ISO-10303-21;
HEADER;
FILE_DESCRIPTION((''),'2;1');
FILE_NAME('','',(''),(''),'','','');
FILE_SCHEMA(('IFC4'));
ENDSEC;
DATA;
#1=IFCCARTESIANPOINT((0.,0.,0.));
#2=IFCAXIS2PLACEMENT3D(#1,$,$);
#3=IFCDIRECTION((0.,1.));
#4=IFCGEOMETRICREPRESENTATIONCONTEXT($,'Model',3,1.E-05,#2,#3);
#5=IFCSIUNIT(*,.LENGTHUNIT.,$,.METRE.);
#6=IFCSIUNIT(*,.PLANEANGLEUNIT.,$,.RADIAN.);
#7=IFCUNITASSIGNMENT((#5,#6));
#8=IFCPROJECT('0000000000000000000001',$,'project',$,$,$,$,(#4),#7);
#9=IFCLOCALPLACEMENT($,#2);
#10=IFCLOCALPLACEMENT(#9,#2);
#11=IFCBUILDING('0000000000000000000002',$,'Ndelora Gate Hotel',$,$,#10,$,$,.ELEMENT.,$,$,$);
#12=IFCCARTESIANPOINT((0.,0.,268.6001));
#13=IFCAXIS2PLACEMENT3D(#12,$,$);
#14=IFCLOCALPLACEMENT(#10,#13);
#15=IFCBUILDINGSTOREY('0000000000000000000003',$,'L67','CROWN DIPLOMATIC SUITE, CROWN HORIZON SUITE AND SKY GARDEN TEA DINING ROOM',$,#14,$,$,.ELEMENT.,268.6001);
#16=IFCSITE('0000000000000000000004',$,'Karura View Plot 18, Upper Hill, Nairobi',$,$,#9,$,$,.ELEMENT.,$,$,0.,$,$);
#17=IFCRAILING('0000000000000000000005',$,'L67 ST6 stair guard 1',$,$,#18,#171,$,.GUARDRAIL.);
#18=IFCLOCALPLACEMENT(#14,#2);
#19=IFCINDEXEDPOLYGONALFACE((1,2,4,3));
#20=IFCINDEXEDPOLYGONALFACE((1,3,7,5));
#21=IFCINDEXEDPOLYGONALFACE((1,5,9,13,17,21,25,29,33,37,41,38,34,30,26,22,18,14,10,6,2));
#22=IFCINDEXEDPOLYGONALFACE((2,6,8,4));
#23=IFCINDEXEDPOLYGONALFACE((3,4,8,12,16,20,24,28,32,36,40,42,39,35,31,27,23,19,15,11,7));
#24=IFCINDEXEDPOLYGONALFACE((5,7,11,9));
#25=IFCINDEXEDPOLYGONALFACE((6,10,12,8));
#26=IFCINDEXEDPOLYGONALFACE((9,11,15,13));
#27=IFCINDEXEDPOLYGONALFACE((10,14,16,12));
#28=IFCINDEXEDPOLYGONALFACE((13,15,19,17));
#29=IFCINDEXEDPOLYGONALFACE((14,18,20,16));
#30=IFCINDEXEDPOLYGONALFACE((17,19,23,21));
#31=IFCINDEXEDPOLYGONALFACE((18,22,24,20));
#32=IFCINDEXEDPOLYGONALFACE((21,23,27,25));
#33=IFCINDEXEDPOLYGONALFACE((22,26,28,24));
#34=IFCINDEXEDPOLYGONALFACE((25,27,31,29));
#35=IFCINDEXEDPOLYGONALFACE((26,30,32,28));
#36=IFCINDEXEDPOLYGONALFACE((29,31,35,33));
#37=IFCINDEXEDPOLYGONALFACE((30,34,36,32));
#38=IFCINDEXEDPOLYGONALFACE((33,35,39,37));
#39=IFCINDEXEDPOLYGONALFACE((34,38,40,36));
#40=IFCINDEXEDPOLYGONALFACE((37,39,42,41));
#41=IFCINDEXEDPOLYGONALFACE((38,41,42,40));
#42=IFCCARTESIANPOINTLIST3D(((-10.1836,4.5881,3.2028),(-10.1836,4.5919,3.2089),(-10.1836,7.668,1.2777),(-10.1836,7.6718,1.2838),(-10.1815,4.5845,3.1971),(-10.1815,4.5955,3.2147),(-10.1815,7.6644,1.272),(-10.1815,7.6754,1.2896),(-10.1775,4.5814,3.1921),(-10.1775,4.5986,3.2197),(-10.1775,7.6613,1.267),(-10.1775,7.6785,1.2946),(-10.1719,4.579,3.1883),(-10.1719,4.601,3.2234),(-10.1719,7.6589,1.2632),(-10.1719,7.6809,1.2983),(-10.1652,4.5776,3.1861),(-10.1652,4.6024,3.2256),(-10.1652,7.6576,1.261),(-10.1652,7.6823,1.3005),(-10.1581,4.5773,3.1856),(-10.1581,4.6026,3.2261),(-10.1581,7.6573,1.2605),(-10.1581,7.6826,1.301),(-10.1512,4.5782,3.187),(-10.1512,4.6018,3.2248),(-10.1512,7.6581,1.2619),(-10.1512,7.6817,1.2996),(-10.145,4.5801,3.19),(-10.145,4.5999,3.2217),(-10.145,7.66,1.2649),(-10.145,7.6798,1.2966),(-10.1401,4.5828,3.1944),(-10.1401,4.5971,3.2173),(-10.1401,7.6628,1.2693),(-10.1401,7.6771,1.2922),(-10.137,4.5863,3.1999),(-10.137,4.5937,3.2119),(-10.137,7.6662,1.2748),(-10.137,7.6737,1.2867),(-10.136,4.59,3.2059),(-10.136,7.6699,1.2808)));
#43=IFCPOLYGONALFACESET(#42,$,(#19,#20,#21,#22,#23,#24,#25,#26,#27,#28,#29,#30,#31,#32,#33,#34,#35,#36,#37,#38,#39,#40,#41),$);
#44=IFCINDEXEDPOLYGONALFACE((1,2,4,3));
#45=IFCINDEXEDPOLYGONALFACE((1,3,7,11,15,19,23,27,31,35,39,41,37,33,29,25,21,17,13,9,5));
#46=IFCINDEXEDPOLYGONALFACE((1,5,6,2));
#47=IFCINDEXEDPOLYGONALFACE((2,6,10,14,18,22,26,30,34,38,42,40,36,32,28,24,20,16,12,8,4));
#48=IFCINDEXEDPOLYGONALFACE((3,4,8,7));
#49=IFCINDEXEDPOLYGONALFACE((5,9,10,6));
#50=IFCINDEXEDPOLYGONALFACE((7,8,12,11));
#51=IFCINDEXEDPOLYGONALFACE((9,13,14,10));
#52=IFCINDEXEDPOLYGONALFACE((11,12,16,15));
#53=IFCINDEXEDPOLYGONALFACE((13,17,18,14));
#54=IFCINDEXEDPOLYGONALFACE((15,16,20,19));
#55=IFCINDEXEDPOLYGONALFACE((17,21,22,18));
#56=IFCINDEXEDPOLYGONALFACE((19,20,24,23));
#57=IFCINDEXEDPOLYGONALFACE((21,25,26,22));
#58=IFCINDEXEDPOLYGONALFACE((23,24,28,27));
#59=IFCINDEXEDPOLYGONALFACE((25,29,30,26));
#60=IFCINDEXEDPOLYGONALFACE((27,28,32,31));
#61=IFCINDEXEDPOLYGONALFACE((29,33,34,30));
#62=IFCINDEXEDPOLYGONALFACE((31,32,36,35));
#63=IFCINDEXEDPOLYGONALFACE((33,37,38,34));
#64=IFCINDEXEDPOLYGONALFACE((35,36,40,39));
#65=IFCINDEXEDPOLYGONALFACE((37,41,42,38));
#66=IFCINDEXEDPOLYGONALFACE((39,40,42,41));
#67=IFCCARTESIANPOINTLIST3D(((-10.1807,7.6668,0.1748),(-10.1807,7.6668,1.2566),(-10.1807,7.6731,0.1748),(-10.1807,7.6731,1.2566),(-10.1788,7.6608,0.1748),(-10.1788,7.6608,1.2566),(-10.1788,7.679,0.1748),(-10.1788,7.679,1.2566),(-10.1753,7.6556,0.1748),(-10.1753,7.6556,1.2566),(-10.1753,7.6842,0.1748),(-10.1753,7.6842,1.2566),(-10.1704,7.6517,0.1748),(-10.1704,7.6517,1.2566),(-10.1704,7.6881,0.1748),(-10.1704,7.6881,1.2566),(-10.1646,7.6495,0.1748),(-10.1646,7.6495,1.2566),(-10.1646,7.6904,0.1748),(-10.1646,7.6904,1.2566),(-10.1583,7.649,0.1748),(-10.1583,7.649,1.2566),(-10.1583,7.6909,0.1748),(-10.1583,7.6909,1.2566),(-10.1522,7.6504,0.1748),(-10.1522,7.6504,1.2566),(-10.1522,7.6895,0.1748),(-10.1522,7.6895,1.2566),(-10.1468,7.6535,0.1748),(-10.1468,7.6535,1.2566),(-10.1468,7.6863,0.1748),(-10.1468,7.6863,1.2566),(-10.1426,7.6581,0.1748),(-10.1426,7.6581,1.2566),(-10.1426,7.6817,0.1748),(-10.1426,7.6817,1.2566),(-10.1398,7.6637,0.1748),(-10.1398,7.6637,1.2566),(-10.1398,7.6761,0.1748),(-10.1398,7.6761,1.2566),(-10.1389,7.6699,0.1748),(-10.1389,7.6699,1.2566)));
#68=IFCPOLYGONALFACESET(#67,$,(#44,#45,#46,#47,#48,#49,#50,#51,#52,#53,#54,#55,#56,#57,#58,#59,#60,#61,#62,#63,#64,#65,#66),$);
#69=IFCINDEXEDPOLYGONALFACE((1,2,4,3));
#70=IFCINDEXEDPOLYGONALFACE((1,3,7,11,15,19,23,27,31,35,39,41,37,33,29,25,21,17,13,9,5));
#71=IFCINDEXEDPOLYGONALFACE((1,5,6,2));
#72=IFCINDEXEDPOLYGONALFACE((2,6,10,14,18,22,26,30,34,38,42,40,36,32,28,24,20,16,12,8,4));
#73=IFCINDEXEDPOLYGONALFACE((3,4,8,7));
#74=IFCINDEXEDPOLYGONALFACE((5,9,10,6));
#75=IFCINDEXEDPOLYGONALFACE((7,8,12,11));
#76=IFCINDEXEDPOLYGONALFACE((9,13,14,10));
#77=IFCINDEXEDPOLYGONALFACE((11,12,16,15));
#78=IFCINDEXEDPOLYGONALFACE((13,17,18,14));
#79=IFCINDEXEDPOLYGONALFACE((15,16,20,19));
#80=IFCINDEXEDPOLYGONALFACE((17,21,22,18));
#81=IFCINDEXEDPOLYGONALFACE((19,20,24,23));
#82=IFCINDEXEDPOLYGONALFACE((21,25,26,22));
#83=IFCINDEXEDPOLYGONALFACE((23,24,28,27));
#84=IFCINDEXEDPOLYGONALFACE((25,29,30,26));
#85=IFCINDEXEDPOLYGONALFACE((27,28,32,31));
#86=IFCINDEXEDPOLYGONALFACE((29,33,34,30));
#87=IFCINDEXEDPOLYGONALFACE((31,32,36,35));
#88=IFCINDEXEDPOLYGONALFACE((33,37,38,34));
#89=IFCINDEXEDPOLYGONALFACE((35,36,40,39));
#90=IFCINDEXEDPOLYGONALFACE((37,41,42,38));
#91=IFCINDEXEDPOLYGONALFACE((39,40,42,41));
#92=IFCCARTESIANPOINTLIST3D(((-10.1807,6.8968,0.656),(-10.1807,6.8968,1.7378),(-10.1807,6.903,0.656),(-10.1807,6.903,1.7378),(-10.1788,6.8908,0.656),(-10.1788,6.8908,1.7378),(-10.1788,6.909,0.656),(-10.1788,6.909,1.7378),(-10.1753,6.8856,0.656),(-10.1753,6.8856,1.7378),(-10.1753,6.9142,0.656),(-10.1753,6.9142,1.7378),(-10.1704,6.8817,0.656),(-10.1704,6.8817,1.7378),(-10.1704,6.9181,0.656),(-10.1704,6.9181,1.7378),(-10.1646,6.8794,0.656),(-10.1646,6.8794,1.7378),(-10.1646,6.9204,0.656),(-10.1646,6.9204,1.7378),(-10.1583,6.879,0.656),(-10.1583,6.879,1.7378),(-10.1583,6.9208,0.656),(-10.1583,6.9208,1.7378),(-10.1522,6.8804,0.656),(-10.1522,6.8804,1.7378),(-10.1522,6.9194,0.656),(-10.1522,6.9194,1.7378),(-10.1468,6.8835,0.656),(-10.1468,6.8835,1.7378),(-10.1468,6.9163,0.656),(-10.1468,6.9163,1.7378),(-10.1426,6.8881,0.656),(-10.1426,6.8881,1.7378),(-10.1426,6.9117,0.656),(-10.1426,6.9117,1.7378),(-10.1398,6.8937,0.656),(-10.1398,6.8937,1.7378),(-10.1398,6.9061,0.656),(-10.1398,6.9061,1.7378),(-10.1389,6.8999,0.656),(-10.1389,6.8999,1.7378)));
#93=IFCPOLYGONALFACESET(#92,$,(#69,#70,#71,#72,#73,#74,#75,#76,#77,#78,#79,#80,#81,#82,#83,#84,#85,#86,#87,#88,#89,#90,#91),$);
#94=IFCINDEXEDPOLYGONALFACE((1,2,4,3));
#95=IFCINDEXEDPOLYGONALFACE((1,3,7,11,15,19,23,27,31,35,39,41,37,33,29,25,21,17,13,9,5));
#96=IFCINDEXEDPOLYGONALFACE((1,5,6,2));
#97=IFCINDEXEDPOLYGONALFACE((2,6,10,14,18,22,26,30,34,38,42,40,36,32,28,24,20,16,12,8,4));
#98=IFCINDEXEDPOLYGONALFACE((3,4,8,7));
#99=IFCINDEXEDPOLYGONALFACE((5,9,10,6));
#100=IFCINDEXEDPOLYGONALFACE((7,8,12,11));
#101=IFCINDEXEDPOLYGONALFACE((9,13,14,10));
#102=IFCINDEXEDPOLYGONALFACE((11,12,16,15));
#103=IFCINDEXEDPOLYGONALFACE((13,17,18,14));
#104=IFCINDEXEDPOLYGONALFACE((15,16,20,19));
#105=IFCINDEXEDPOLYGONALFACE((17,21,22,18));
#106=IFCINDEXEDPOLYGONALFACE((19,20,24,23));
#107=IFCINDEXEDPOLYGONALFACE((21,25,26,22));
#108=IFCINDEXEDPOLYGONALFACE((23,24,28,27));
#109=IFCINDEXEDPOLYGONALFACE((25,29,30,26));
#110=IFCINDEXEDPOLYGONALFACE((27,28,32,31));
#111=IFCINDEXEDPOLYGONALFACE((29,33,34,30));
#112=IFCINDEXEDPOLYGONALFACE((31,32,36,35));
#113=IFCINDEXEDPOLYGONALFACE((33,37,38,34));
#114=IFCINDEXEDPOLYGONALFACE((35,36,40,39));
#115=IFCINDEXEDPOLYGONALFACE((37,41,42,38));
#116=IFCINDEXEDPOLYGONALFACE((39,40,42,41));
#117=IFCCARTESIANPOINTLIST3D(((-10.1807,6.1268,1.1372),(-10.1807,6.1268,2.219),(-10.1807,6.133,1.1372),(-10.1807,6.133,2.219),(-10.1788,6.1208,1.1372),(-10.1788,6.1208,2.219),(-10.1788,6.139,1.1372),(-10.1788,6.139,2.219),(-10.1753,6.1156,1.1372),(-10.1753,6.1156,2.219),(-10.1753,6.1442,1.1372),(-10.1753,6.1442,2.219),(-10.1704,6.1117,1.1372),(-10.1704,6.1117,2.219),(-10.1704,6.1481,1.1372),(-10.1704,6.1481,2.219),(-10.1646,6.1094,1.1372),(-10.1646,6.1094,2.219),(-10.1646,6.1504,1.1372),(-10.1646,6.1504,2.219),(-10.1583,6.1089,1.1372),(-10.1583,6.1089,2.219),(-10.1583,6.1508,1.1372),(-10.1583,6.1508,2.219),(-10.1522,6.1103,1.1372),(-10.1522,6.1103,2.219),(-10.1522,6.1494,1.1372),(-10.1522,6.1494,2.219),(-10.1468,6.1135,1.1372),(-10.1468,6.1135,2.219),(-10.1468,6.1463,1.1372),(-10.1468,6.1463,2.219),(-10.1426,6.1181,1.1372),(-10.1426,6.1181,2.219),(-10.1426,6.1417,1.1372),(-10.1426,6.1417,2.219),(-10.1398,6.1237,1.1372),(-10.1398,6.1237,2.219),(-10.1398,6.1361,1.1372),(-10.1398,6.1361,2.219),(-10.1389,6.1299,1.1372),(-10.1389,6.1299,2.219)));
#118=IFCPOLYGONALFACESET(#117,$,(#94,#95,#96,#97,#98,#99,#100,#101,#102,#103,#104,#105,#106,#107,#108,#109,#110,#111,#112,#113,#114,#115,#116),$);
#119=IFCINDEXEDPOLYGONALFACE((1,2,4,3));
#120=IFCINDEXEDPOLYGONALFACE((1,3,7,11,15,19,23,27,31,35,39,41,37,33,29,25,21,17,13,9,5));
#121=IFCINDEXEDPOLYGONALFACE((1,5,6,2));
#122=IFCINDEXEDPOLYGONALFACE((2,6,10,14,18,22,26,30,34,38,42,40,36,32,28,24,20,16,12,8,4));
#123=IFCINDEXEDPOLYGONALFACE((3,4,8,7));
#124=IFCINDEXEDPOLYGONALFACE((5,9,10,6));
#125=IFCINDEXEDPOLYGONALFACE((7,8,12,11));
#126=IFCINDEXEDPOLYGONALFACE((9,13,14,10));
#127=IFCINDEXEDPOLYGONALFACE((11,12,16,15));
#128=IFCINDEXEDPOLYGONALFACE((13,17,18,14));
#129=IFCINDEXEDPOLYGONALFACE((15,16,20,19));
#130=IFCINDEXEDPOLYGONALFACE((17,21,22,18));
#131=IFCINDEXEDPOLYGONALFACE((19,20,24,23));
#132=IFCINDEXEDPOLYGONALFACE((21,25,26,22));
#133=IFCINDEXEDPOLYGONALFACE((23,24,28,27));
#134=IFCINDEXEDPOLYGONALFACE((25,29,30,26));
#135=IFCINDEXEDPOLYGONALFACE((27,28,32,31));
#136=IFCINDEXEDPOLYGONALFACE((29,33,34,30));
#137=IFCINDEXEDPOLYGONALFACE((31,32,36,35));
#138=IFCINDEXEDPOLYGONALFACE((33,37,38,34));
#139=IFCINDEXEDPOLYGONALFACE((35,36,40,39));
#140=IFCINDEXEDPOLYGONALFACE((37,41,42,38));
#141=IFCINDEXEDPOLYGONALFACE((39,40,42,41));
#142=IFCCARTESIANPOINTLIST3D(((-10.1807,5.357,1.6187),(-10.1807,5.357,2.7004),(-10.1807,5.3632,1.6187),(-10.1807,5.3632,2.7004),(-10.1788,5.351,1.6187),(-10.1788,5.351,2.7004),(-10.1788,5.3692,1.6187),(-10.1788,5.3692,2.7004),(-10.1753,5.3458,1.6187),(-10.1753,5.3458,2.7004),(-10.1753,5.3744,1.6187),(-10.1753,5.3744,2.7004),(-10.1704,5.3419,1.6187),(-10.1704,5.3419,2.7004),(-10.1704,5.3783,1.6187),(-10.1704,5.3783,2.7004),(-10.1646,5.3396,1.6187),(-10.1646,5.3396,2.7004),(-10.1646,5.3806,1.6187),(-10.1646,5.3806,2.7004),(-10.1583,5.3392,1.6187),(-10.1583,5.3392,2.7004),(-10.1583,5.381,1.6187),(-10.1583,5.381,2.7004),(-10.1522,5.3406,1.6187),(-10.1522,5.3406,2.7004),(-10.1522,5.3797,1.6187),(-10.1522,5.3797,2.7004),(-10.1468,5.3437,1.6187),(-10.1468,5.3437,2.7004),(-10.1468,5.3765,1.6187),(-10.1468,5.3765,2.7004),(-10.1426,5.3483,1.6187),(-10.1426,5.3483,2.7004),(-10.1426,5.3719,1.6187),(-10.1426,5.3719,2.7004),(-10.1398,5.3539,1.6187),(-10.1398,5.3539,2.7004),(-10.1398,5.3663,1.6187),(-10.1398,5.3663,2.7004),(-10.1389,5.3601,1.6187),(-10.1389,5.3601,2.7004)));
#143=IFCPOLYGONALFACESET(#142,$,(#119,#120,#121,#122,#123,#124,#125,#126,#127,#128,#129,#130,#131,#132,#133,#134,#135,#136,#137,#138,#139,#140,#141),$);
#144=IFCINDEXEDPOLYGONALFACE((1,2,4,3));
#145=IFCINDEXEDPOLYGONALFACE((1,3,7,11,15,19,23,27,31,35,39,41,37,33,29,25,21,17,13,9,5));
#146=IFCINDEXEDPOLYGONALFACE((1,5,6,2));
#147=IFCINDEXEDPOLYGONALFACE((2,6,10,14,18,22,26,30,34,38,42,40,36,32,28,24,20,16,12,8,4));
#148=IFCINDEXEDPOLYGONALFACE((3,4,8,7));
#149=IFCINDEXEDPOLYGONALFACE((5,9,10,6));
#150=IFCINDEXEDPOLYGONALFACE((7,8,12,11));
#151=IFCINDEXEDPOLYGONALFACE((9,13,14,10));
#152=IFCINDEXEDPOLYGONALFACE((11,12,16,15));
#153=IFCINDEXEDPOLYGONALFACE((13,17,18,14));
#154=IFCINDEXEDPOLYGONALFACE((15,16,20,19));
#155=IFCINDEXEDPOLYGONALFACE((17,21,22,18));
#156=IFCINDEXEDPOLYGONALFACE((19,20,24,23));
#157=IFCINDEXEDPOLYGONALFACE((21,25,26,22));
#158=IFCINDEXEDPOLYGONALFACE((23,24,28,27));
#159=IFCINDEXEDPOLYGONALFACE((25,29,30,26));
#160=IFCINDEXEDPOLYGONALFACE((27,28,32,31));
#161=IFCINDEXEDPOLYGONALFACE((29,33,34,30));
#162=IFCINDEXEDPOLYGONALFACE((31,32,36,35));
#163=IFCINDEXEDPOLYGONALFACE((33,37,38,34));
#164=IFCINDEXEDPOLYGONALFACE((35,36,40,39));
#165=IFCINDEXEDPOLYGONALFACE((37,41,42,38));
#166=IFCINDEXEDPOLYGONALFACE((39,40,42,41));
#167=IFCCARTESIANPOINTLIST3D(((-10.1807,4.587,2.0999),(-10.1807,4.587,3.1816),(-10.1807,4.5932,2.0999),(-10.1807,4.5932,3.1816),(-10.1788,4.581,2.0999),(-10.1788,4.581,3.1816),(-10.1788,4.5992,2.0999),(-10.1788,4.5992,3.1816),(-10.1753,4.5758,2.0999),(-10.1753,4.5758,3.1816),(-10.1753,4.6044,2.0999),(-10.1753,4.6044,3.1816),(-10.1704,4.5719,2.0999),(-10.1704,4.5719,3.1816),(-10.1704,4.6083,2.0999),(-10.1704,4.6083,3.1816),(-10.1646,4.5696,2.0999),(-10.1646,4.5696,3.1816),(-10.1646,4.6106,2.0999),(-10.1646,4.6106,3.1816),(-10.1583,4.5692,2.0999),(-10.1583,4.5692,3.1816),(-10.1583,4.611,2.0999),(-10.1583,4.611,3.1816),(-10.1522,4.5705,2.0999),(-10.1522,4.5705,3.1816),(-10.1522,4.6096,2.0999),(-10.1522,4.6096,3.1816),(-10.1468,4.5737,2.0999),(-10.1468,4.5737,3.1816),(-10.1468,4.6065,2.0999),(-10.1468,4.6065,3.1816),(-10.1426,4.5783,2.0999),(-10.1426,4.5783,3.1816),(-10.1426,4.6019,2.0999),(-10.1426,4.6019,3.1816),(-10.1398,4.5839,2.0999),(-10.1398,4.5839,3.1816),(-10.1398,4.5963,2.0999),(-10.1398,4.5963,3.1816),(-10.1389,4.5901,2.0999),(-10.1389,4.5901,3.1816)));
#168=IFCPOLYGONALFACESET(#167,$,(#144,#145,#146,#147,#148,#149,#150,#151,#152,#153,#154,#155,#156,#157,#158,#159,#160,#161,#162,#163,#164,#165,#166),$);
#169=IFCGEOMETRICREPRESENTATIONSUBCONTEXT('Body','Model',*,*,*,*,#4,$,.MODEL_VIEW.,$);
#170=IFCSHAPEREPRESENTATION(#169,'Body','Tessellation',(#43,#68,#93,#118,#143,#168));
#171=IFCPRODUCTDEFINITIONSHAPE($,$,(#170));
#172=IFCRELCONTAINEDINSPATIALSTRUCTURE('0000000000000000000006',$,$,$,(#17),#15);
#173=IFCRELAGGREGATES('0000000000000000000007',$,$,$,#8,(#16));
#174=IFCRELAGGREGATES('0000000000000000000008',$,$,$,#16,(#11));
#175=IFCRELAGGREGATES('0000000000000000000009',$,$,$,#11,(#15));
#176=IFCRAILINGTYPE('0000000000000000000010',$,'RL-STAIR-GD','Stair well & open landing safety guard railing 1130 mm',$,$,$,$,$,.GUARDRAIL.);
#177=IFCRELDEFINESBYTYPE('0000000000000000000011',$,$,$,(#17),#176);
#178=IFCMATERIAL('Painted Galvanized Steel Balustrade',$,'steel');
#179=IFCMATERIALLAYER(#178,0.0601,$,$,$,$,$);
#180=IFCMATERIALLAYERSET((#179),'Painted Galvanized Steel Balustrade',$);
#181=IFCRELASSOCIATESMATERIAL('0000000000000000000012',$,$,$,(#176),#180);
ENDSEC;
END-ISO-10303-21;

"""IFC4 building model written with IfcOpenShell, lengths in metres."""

from ifc_helpers import new_model, si_unit, direction, frame, origin, origin_2d, place, context, subcontext, project, spatial, circle, extrude, material, layer, layer_set, type_object, element, save


model = new_model("IFC4")

# Units and contexts
model_context = context("Model", 3, precision=1e-05, world=origin(), true_north=direction((0.0, 1.0)))
body_context = subcontext(model_context, "Body", "Model", "MODEL_VIEW")
ifc_project = project(units=[si_unit("LENGTHUNIT", "METRE"), si_unit("PLANEANGLEUNIT", "RADIAN")], contexts=[model_context])

# Site, building, storey
site_placement = place(None, origin())
site = spatial("IfcSite", under=ifc_project, at=site_placement, Name="Karura View Plot 18, Upper Hill, Nairobi", CompositionType="ELEMENT", RefElevation=0.0)
building_placement = place(site_placement, origin())
building = spatial("IfcBuilding", under=site, at=building_placement, Name="Ndelora Gate Hotel", CompositionType="ELEMENT")
storey_placement = place(building_placement, frame((0.0, 0.0, 268.6001)))
storey = spatial("IfcBuildingStorey", under=building, at=storey_placement, Name="L67", Description="CROWN DIPLOMATIC SUITE, CROWN HORIZON SUITE AND SKY GARDEN TEA DINING ROOM", CompositionType="ELEMENT", Elevation=268.6001)

# Railing
ifc_material_1 = material(Name="Painted Galvanized Steel Balustrade", Category="steel")
ifc_layer_1 = layer(ifc_material_1, 0.0601)
ifc_layer_set_1 = layer_set([ifc_layer_1], Name="Painted Galvanized Steel Balustrade")
railing_type_1 = type_object("IfcRailingType", Name="RL-STAIR-GD", Description="Stair well & open landing safety guard railing 1130 mm", PredefinedType="GUARDRAIL", material=ifc_layer_set_1)
railing_1_placement = place(storey_placement, frame((-10.1599, 7.6699, 0.1748)))
element("IfcRailing", 1, at=railing_1_placement, inside=storey, type_object=railing_type_1, Name="L67 ST6 stair guard 1", PredefinedType="GUARDRAIL", context=body_context, shape_type="SweptSolid", body=[
    extrude(circle(Radius=0.0239, at=origin_2d()), frame((0.0, 0.0, 1.106), z_axis=(0.0, -0.847979, 0.530029), x_axis=(1.0, 0.0, 0.0)), (0.0, 0.0, 1.0), 3.6321),
    extrude(circle(Radius=0.021, at=origin_2d()), origin(), (0.0, 0.0, 1.0), 1.0818),
    extrude(circle(Radius=0.021, at=origin_2d()), frame((0.0, -0.77, 0.4812)), (0.0, 0.0, 1.0), 1.0818),
    extrude(circle(Radius=0.021, at=origin_2d()), frame((0.0, -1.54, 0.9624)), (0.0, 0.0, 1.0), 1.0818),
    extrude(circle(Radius=0.021, at=origin_2d()), frame((0.0, -2.3098, 1.4438)), (0.0, 0.0, 1.0), 1.0818),
    extrude(circle(Radius=0.021, at=origin_2d()), frame((0.0, -3.0798, 1.925)), (0.0, 0.0, 1.0), 1.0818),
])

save(model, "model.ifc")
